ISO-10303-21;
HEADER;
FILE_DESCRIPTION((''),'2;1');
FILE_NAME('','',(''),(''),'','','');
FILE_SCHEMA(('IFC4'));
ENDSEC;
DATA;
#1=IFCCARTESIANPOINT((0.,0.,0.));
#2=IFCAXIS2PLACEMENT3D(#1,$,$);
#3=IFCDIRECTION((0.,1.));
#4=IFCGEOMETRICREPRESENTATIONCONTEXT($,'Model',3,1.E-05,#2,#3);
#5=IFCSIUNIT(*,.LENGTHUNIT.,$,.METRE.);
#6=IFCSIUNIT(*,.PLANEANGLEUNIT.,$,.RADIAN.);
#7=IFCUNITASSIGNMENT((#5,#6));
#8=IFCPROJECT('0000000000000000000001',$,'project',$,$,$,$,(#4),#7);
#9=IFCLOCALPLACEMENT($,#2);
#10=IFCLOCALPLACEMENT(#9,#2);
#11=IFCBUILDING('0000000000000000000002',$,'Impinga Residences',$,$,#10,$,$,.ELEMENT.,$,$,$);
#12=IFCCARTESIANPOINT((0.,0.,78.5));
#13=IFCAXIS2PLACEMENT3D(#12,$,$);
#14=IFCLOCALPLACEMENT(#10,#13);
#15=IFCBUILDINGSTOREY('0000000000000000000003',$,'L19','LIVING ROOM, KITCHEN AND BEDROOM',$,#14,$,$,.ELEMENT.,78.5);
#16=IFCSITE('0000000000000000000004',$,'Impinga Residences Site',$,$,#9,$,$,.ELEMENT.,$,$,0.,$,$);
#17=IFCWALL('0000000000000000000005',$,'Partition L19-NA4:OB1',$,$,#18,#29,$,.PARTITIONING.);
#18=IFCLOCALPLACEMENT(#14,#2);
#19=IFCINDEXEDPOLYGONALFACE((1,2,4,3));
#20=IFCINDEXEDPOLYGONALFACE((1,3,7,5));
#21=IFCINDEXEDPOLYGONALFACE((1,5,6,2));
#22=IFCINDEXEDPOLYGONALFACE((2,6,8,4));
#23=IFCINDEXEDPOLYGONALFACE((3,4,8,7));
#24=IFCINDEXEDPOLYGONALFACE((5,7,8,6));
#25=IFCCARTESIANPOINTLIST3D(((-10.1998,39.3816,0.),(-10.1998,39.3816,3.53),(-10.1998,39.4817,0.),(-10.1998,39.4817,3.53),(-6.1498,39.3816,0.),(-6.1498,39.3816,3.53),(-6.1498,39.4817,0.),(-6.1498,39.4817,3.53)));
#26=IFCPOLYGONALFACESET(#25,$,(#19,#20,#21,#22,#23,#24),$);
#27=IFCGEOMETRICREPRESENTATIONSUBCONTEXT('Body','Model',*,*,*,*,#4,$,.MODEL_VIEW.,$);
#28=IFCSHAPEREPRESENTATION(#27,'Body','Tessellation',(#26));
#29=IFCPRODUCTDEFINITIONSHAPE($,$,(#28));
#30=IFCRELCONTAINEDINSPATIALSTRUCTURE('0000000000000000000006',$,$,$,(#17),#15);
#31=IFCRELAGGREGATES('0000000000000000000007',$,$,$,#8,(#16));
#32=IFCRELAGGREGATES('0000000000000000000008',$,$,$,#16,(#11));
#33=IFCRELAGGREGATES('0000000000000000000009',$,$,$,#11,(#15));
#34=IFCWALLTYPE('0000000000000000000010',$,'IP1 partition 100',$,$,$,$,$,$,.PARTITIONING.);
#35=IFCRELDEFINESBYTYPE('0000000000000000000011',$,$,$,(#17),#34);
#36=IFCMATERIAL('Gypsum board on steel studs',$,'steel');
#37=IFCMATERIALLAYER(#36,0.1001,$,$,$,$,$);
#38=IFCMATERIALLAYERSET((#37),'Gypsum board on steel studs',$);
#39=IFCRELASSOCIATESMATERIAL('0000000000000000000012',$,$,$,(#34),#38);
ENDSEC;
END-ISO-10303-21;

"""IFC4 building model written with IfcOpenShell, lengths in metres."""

from ifc_helpers import new_model, si_unit, direction, frame, frame_2d, origin, place, context, subcontext, project, spatial, rectangle, extrude, material, layer, layer_set, type_object, element, save


model = new_model("IFC4")

# Units and contexts
model_context = context("Model", 3, precision=1e-05, world=origin(), true_north=direction((0.0, 1.0)))
body_context = subcontext(model_context, "Body", "Model", "MODEL_VIEW")
ifc_project = project(units=[si_unit("LENGTHUNIT", "METRE"), si_unit("PLANEANGLEUNIT", "RADIAN")], contexts=[model_context])

# Site, building, storey
site_placement = place(None, origin())
site = spatial("IfcSite", under=ifc_project, at=site_placement, Name="Impinga Residences Site", CompositionType="ELEMENT", RefElevation=0.0)
building_placement = place(site_placement, origin())
building = spatial("IfcBuilding", under=site, at=building_placement, Name="Impinga Residences", CompositionType="ELEMENT")
storey_placement = place(building_placement, frame((0.0, 0.0, 78.5)))
storey = spatial("IfcBuildingStorey", under=building, at=storey_placement, Name="L19", Description="LIVING ROOM, KITCHEN AND BEDROOM", CompositionType="ELEMENT", Elevation=78.5)

# Shared definitions
ifc_material_1 = material(Name="Gypsum board on steel studs", Category="steel")
ifc_layer_1 = layer(ifc_material_1, 0.1001)
ifc_layer_set_1 = layer_set([ifc_layer_1], Name="Gypsum board on steel studs")
wall_type_1 = type_object("IfcWallType", Name="IP1 partition 100", PredefinedType="PARTITIONING", material=ifc_layer_set_1)

# Wall
wall_1_placement = place(storey_placement, frame((-6.1499, 39.4316, 0.0), z_axis=(0.0, 0.0, 1.0), x_axis=(-1.0, 0.0, 0.0)))
element("IfcWall", 1, at=wall_1_placement, inside=storey, type_object=wall_type_1, Name="Partition L19-NA4:OB1", PredefinedType="PARTITIONING", context=body_context, shape_type="SweptSolid", body=[
    extrude(rectangle(XDim=4.05, YDim=0.1001, at=frame_2d((2.0249, 0.0))), origin(), (0.0, 0.0, 1.0), 3.53),
])

save(model, "model.ifc")
